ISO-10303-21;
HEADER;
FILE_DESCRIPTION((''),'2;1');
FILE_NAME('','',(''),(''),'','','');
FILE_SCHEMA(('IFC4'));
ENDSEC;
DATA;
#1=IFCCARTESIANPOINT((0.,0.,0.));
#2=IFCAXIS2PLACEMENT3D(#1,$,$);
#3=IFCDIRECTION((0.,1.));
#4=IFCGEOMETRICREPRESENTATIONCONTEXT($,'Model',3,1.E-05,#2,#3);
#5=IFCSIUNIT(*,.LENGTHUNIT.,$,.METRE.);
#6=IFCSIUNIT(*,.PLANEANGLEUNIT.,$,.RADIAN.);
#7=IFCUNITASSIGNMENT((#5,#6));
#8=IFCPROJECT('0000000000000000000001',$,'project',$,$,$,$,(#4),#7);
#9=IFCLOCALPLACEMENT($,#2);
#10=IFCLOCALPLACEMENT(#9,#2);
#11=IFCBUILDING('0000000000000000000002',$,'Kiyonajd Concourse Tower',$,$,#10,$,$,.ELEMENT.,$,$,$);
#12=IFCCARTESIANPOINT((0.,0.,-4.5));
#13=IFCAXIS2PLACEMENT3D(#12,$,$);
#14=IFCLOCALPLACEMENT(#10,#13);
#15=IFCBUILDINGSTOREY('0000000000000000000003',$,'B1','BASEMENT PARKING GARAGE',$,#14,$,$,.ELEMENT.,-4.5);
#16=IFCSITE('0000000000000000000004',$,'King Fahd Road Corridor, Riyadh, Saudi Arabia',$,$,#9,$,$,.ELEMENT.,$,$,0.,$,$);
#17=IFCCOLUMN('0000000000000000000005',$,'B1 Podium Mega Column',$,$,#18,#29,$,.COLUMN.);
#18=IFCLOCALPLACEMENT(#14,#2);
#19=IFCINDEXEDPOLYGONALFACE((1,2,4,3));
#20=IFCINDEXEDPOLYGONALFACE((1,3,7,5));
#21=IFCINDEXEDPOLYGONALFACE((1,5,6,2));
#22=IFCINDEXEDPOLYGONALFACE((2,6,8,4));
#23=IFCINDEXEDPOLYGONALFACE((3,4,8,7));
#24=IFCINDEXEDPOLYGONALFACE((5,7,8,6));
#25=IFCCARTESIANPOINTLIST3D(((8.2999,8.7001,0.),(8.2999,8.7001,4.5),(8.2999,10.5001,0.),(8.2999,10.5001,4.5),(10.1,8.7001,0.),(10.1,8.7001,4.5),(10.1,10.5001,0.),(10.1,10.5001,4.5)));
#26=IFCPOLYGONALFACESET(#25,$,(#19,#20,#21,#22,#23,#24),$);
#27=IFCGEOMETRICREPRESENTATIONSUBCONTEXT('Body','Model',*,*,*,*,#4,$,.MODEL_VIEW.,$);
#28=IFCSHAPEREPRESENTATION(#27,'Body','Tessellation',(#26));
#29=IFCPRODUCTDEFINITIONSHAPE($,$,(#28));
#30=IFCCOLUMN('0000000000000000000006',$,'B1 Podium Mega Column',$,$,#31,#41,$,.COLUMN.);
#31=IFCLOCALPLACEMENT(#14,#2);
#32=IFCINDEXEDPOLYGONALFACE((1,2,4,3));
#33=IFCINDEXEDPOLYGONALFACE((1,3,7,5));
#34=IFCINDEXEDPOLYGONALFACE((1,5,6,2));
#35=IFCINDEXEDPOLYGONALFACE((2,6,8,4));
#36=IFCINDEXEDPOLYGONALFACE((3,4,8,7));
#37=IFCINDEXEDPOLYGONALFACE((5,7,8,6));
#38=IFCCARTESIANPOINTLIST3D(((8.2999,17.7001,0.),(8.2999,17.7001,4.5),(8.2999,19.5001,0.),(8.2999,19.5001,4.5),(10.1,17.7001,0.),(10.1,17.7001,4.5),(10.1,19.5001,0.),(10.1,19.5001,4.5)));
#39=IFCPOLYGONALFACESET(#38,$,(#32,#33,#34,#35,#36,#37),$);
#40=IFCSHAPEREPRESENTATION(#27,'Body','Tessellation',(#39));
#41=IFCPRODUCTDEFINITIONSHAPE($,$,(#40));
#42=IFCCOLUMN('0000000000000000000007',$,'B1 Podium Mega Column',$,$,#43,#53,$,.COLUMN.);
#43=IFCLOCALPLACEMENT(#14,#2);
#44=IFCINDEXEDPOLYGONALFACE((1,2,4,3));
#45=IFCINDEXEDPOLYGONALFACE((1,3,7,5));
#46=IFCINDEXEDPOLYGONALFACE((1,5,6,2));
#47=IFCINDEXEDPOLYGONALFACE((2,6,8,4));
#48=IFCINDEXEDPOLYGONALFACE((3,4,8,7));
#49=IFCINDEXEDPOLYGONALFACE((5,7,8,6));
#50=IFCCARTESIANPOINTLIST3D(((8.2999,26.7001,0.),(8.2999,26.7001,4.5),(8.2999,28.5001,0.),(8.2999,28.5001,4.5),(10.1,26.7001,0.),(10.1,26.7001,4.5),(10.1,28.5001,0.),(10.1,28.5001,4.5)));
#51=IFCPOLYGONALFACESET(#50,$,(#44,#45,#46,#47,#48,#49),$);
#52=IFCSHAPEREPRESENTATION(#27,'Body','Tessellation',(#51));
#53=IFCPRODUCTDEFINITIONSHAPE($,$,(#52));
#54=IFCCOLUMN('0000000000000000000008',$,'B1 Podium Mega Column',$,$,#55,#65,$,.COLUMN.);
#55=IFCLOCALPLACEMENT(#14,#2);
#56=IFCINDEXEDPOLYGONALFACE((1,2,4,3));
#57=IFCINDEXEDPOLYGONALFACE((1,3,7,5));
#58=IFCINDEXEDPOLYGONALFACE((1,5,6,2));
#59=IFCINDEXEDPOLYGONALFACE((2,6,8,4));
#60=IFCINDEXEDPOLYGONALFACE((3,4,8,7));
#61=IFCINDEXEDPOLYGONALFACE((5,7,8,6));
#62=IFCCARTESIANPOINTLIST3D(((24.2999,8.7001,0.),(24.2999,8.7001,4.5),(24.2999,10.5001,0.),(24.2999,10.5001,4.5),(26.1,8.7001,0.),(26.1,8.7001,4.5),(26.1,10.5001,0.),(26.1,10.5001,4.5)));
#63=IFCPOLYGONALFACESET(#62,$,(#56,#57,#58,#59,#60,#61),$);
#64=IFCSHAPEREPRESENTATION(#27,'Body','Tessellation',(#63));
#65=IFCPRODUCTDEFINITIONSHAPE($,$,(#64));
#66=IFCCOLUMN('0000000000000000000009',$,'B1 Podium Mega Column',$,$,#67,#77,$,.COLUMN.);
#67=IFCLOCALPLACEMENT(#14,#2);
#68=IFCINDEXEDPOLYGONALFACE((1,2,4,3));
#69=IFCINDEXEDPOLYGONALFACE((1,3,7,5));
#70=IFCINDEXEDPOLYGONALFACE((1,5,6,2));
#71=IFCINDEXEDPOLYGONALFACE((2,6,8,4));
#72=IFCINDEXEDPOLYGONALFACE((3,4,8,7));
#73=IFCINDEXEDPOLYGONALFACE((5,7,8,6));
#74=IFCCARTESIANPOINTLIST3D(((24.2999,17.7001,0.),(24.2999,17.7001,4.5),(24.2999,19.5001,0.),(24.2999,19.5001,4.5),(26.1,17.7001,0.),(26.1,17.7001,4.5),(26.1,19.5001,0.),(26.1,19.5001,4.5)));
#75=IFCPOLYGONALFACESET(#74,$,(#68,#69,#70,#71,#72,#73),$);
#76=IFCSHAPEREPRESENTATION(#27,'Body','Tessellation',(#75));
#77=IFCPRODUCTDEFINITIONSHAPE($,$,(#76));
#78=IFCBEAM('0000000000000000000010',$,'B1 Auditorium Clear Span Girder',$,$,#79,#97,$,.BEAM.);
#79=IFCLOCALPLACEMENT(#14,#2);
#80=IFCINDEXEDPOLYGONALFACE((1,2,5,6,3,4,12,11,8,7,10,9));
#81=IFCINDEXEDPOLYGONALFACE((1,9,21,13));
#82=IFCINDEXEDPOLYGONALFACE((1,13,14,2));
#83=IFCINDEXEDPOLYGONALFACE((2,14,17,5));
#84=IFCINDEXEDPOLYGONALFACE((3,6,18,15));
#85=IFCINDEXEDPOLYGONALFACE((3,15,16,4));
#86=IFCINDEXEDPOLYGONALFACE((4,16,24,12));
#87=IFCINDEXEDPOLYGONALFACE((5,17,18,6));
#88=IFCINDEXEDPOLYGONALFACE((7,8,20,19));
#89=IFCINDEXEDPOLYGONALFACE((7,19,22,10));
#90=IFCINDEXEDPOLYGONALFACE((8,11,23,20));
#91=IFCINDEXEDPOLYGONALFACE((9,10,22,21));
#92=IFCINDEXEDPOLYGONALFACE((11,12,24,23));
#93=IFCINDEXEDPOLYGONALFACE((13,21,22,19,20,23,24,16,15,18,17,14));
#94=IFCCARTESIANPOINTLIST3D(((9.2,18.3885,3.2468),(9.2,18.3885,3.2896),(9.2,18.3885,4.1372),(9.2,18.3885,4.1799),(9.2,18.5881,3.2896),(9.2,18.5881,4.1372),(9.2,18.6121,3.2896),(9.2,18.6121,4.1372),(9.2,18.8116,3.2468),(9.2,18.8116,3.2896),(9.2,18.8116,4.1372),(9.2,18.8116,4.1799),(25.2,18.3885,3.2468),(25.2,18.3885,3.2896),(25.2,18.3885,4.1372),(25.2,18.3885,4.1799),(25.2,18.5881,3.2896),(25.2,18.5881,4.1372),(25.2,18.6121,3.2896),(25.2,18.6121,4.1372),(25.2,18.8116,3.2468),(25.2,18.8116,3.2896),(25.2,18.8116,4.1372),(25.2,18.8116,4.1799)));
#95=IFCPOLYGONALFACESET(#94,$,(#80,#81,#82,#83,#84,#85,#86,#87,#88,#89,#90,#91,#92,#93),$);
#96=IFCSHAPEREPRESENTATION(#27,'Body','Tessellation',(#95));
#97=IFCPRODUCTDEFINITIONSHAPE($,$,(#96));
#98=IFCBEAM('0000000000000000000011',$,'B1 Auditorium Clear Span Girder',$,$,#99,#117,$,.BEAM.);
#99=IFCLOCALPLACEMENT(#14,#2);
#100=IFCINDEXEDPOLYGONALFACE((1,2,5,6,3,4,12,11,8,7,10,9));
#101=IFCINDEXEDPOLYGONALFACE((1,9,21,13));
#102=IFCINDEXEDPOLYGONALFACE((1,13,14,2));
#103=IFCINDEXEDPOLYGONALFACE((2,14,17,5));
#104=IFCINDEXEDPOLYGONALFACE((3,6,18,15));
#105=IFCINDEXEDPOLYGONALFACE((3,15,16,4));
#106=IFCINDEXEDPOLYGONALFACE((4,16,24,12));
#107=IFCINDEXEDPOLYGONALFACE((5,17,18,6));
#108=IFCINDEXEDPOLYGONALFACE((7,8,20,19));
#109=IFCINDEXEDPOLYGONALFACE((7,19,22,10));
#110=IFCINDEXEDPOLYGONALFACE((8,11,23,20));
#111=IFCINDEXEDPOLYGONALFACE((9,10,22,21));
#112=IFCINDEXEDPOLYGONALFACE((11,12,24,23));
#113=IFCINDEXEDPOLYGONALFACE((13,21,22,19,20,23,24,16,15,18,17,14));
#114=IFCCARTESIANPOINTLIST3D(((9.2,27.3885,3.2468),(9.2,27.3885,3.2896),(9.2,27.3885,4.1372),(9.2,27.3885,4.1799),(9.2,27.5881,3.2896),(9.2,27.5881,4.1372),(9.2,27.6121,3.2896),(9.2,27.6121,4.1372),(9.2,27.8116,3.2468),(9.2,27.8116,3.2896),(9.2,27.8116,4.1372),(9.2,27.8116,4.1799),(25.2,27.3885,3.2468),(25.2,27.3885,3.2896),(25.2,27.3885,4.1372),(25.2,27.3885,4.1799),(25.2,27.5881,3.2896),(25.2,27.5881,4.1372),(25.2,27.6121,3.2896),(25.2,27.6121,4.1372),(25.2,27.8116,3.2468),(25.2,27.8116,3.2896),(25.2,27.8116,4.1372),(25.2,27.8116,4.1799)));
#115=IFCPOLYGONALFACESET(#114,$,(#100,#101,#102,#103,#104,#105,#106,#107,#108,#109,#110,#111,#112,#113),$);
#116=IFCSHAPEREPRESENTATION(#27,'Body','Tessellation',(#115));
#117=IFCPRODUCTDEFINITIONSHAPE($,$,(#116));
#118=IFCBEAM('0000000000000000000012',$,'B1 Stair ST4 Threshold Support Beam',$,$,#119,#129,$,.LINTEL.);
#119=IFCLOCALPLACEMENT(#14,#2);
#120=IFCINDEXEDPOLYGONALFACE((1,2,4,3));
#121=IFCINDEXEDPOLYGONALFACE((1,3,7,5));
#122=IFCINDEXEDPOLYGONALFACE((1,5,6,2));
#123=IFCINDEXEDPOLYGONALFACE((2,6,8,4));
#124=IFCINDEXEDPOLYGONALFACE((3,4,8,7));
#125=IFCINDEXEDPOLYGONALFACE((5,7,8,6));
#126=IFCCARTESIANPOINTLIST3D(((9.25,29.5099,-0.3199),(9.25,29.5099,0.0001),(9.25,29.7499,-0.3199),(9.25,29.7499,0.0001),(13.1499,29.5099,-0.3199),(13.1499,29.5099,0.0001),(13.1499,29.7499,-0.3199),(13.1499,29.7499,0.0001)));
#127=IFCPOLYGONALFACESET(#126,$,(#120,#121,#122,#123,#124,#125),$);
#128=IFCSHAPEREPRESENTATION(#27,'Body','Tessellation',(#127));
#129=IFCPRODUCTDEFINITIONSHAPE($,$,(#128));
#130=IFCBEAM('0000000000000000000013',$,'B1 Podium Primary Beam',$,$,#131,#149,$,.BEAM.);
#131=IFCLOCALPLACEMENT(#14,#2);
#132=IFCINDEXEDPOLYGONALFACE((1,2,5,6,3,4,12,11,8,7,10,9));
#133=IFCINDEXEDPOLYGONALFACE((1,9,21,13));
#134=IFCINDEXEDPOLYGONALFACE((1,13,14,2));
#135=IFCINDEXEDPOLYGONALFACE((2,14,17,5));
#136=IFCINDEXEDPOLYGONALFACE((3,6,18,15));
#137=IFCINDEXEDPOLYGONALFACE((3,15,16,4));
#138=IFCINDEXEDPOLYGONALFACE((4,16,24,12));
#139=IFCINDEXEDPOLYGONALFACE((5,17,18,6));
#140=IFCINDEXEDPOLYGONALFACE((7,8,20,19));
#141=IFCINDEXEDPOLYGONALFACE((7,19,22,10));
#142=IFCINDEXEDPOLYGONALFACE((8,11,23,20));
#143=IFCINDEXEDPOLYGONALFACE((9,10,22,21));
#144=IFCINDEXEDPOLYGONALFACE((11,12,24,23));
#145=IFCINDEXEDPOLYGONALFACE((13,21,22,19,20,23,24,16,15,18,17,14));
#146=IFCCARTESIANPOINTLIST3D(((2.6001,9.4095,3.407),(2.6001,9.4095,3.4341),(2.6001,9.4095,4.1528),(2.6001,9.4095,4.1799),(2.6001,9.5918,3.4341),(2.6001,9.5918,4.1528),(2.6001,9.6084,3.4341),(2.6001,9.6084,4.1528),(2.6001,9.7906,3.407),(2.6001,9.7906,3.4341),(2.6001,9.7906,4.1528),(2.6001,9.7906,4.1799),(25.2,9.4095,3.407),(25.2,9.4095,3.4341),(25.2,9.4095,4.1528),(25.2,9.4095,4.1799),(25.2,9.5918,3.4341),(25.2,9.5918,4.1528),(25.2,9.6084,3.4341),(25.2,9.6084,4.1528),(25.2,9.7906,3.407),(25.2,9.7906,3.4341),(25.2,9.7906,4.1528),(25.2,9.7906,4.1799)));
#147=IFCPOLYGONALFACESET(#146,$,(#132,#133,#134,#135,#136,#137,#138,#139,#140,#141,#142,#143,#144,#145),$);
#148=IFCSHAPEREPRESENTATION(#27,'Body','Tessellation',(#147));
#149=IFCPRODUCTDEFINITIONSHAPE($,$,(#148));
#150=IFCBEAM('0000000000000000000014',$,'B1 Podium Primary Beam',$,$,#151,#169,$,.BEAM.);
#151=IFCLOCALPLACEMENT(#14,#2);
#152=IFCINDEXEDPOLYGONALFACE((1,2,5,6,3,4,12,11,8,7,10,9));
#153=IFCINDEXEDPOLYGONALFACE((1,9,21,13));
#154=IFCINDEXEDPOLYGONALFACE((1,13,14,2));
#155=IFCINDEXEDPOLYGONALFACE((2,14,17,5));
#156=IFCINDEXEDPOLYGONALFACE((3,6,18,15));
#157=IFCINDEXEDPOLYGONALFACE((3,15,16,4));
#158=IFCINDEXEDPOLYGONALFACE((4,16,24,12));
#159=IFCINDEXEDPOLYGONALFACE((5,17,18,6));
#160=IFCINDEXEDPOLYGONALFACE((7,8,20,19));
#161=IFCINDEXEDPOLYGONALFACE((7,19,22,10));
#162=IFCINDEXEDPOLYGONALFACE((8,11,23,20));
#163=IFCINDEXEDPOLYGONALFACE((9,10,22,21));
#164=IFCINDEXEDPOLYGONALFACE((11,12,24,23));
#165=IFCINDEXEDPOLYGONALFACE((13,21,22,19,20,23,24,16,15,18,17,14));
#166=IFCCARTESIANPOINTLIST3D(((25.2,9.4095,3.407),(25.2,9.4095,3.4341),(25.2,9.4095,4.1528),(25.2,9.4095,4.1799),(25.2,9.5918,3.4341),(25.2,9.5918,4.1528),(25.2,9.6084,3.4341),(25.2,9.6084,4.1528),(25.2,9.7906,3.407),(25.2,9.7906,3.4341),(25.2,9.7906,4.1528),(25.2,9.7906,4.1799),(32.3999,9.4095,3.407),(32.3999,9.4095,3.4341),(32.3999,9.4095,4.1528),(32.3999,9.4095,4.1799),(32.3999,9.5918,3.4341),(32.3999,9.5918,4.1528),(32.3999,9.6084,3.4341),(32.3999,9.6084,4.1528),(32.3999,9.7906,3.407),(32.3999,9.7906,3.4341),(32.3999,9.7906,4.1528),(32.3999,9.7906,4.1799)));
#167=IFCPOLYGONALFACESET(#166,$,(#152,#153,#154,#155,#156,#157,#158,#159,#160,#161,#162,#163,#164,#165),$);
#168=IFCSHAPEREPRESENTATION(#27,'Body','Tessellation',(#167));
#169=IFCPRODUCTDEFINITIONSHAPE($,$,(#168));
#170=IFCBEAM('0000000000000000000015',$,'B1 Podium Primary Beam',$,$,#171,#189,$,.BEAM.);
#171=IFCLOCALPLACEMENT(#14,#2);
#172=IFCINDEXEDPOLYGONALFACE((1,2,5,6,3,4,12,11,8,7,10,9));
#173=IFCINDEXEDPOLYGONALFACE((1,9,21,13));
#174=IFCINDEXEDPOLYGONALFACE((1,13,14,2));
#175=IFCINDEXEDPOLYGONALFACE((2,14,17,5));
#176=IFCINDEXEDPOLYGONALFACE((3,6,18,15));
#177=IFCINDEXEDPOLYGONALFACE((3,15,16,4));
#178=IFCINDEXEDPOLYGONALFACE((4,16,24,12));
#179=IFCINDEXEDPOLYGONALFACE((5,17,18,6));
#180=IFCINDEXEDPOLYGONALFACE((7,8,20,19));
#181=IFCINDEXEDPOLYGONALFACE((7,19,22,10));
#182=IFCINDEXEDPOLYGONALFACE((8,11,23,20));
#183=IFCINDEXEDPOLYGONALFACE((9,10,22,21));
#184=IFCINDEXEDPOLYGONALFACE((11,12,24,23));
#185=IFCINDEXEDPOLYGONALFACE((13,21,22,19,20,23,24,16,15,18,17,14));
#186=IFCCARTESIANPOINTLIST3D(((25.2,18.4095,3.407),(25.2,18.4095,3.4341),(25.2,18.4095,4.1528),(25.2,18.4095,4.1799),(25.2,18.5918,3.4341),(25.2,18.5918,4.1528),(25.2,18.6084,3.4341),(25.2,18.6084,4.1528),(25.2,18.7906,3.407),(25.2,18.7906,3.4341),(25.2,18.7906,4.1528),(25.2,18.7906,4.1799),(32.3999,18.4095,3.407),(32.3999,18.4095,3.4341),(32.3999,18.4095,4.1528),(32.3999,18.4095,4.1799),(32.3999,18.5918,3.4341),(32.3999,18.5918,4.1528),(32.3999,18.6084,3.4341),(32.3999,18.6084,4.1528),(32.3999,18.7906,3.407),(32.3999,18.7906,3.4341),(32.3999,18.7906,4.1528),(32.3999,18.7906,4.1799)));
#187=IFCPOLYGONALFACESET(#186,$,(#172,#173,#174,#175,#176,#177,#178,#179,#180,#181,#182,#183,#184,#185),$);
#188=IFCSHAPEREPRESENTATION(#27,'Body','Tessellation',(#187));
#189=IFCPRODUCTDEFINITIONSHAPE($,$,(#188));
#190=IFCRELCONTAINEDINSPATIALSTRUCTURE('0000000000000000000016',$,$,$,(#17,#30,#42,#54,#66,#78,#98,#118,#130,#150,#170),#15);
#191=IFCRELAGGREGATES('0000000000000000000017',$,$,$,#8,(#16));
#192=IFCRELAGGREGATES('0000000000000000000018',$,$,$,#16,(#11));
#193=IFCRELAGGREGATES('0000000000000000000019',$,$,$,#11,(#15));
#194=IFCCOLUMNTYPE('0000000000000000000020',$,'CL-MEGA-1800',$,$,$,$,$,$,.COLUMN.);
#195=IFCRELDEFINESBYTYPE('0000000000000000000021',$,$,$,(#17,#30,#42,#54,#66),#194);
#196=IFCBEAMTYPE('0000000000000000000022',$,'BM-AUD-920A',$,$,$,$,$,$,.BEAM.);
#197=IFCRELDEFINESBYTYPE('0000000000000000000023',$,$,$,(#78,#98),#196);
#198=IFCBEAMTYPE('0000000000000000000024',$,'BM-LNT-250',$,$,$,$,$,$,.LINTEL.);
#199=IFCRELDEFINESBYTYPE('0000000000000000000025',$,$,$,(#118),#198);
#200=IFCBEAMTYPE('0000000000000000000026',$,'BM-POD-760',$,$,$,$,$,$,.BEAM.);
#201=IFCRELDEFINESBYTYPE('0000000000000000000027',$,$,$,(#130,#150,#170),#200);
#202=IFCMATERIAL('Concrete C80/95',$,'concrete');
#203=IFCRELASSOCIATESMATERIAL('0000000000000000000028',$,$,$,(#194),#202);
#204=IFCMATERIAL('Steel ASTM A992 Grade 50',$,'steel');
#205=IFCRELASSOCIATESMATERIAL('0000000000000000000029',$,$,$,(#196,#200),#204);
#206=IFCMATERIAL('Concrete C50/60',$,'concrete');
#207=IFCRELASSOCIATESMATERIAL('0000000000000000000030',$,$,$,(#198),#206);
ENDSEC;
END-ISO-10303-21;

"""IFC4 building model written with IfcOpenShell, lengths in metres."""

from ifc_helpers import new_model, si_unit, direction, frame, origin, origin_2d, place, context, subcontext, project, spatial, rectangle, i_section, extrude, material, material_profile, profile_set, type_object, element, save


model = new_model("IFC4")

# Units and contexts
model_context = context("Model", 3, precision=1e-05, world=origin(), true_north=direction((0.0, 1.0)))
body_context = subcontext(model_context, "Body", "Model", "MODEL_VIEW")
ifc_project = project(units=[si_unit("LENGTHUNIT", "METRE"), si_unit("PLANEANGLEUNIT", "RADIAN")], contexts=[model_context])

# Site, building, storey
site_placement = place(None, origin())
site = spatial("IfcSite", under=ifc_project, at=site_placement, Name="King Fahd Road Corridor, Riyadh, Saudi Arabia", CompositionType="ELEMENT", RefElevation=0.0)
building_placement = place(site_placement, origin())
building = spatial("IfcBuilding", under=site, at=building_placement, Name="Kiyonajd Concourse Tower", CompositionType="ELEMENT")
storey_placement = place(building_placement, frame((0.0, 0.0, -4.5)))
storey = spatial("IfcBuildingStorey", under=building, at=storey_placement, Name="B1", Description="BASEMENT PARKING GARAGE", CompositionType="ELEMENT", Elevation=-4.5)

# Columns
ifc_material_1 = material(Name="Concrete C80/95", Category="concrete")
ifc_material_profile_1 = material_profile(ifc_material_1, rectangle(XDim=1.8, YDim=1.8, at=origin_2d()), Name="RC-1800x1800")
ifc_profile_set_1 = profile_set([ifc_material_profile_1], Name="Concrete C80/95")
column_type = type_object("IfcColumnType", Name="CL-MEGA-1800", PredefinedType="COLUMN", material=ifc_profile_set_1)
for number, where, z_axis, x_axis, name in (
    (1, (9.2, 9.6001, 0.0), (0.0, 0.0, 1.0), (1.0, 0.0, 0.0), "B1 Podium Mega Column"),
    (2, (9.2, 18.6001, 0.0), (0.0, 0.0, 1.0), (1.0, 0.0, 0.0), "B1 Podium Mega Column"),
    (3, (9.2, 27.6001, 0.0), (0.0, 0.0, 1.0), (1.0, 0.0, 0.0), "B1 Podium Mega Column"),
    (4, (25.2, 9.6001, 0.0), (0.0, 0.0, 1.0), (1.0, 0.0, 0.0), "B1 Podium Mega Column"),
    (5, (25.2, 18.6001, 0.0), (0.0, 0.0, 1.0), (1.0, 0.0, 0.0), "B1 Podium Mega Column"),
):
    element("IfcColumn", number, at=place(storey_placement, frame(where, z_axis=z_axis, x_axis=x_axis)), inside=storey, type_object=column_type, Name=name, PredefinedType="COLUMN", context=body_context, shape_type="SweptSolid", body=[
        extrude(rectangle(XDim=1.8, YDim=1.8, at=origin_2d()), origin(), (0.0, 0.0, 1.0), 4.5),
    ])

# Beams
ifc_material_2 = material(Name="Steel ASTM A992 Grade 50", Category="steel")
ifc_material_profile_2 = material_profile(ifc_material_2, i_section(OverallWidth=0.4231, OverallDepth=0.9331, WebThickness=0.0239, FlangeThickness=0.0427, at=origin_2d()), Name="W920X446")
ifc_profile_set_2 = profile_set([ifc_material_profile_2], Name="Steel ASTM A992 Grade 50")
beam_type_1 = type_object("IfcBeamType", Name="BM-AUD-920A", PredefinedType="BEAM", material=ifc_profile_set_2)
for number, where, z_axis, x_axis, name in (
    (6, (9.2, 18.6001, 3.7134), (1.0, 0.0, 0.0), (0.0, 1.0, 0.0), "B1 Auditorium Clear Span Girder"),
    (7, (9.2, 27.6001, 3.7134), (1.0, 0.0, 0.0), (0.0, 1.0, 0.0), "B1 Auditorium Clear Span Girder"),
):
    element("IfcBeam", number, at=place(storey_placement, frame(where, z_axis=z_axis, x_axis=x_axis)), inside=storey, type_object=beam_type_1, Name=name, PredefinedType="BEAM", context=body_context, shape_type="SweptSolid", body=[
        extrude(i_section(OverallWidth=0.4231, OverallDepth=0.9331, WebThickness=0.0239, FlangeThickness=0.0427, at=origin_2d()), origin(), (0.0, 0.0, 1.0), 16.0),
    ])
ifc_material_3 = material(Name="Concrete C50/60", Category="concrete")
ifc_material_profile_3 = material_profile(ifc_material_3, rectangle(XDim=0.24, YDim=0.3201, at=origin_2d()), Name="RCBM-240x320")
ifc_profile_set_3 = profile_set([ifc_material_profile_3], Name="Concrete C50/60")
beam_type_2 = type_object("IfcBeamType", Name="BM-LNT-250", PredefinedType="LINTEL", material=ifc_profile_set_3)
beam_1_placement = place(storey_placement, frame((9.25, 29.6299, -0.1599), z_axis=(1.0, 0.0, 0.0), x_axis=(0.0, 1.0, 0.0)))
element("IfcBeam", 8, at=beam_1_placement, inside=storey, type_object=beam_type_2, Name="B1 Stair ST4 Threshold Support Beam", PredefinedType="LINTEL", context=body_context, shape_type="SweptSolid", body=[
    extrude(rectangle(XDim=0.24, YDim=0.3201, at=origin_2d()), origin(), (0.0, 0.0, 1.0), 3.8999),
])
ifc_material_profile_4 = material_profile(ifc_material_2, i_section(OverallWidth=0.3811, OverallDepth=0.7729, WebThickness=0.0166, FlangeThickness=0.0271, at=origin_2d()), Name="W760X257")
ifc_profile_set_4 = profile_set([ifc_material_profile_4], Name="Steel ASTM A992 Grade 50")
beam_type_3 = type_object("IfcBeamType", Name="BM-POD-760", PredefinedType="BEAM", material=ifc_profile_set_4)
beam_2_placement = place(storey_placement, frame((2.6001, 9.6001, 3.7935), z_axis=(1.0, 0.0, 0.0), x_axis=(0.0, 1.0, 0.0)))
element("IfcBeam", 9, at=beam_2_placement, inside=storey, type_object=beam_type_3, Name="B1 Podium Primary Beam", PredefinedType="BEAM", context=body_context, shape_type="SweptSolid", body=[
    extrude(i_section(OverallWidth=0.3811, OverallDepth=0.7729, WebThickness=0.0166, FlangeThickness=0.0271, at=origin_2d()), origin(), (0.0, 0.0, 1.0), 22.5999),
])
for number, where, z_axis, x_axis, name in (
    (10, (25.2, 9.6001, 3.7935), (1.0, 0.0, 0.0), (0.0, 1.0, 0.0), "B1 Podium Primary Beam"),
    (11, (25.2, 18.6001, 3.7935), (1.0, 0.0, 0.0), (0.0, 1.0, 0.0), "B1 Podium Primary Beam"),
):
    element("IfcBeam", number, at=place(storey_placement, frame(where, z_axis=z_axis, x_axis=x_axis)), inside=storey, type_object=beam_type_3, Name=name, PredefinedType="BEAM", context=body_context, shape_type="SweptSolid", body=[
        extrude(i_section(OverallWidth=0.3811, OverallDepth=0.7729, WebThickness=0.0166, FlangeThickness=0.0271, at=origin_2d()), origin(), (0.0, 0.0, 1.0), 7.2),
    ])

save(model, "model.ifc")
